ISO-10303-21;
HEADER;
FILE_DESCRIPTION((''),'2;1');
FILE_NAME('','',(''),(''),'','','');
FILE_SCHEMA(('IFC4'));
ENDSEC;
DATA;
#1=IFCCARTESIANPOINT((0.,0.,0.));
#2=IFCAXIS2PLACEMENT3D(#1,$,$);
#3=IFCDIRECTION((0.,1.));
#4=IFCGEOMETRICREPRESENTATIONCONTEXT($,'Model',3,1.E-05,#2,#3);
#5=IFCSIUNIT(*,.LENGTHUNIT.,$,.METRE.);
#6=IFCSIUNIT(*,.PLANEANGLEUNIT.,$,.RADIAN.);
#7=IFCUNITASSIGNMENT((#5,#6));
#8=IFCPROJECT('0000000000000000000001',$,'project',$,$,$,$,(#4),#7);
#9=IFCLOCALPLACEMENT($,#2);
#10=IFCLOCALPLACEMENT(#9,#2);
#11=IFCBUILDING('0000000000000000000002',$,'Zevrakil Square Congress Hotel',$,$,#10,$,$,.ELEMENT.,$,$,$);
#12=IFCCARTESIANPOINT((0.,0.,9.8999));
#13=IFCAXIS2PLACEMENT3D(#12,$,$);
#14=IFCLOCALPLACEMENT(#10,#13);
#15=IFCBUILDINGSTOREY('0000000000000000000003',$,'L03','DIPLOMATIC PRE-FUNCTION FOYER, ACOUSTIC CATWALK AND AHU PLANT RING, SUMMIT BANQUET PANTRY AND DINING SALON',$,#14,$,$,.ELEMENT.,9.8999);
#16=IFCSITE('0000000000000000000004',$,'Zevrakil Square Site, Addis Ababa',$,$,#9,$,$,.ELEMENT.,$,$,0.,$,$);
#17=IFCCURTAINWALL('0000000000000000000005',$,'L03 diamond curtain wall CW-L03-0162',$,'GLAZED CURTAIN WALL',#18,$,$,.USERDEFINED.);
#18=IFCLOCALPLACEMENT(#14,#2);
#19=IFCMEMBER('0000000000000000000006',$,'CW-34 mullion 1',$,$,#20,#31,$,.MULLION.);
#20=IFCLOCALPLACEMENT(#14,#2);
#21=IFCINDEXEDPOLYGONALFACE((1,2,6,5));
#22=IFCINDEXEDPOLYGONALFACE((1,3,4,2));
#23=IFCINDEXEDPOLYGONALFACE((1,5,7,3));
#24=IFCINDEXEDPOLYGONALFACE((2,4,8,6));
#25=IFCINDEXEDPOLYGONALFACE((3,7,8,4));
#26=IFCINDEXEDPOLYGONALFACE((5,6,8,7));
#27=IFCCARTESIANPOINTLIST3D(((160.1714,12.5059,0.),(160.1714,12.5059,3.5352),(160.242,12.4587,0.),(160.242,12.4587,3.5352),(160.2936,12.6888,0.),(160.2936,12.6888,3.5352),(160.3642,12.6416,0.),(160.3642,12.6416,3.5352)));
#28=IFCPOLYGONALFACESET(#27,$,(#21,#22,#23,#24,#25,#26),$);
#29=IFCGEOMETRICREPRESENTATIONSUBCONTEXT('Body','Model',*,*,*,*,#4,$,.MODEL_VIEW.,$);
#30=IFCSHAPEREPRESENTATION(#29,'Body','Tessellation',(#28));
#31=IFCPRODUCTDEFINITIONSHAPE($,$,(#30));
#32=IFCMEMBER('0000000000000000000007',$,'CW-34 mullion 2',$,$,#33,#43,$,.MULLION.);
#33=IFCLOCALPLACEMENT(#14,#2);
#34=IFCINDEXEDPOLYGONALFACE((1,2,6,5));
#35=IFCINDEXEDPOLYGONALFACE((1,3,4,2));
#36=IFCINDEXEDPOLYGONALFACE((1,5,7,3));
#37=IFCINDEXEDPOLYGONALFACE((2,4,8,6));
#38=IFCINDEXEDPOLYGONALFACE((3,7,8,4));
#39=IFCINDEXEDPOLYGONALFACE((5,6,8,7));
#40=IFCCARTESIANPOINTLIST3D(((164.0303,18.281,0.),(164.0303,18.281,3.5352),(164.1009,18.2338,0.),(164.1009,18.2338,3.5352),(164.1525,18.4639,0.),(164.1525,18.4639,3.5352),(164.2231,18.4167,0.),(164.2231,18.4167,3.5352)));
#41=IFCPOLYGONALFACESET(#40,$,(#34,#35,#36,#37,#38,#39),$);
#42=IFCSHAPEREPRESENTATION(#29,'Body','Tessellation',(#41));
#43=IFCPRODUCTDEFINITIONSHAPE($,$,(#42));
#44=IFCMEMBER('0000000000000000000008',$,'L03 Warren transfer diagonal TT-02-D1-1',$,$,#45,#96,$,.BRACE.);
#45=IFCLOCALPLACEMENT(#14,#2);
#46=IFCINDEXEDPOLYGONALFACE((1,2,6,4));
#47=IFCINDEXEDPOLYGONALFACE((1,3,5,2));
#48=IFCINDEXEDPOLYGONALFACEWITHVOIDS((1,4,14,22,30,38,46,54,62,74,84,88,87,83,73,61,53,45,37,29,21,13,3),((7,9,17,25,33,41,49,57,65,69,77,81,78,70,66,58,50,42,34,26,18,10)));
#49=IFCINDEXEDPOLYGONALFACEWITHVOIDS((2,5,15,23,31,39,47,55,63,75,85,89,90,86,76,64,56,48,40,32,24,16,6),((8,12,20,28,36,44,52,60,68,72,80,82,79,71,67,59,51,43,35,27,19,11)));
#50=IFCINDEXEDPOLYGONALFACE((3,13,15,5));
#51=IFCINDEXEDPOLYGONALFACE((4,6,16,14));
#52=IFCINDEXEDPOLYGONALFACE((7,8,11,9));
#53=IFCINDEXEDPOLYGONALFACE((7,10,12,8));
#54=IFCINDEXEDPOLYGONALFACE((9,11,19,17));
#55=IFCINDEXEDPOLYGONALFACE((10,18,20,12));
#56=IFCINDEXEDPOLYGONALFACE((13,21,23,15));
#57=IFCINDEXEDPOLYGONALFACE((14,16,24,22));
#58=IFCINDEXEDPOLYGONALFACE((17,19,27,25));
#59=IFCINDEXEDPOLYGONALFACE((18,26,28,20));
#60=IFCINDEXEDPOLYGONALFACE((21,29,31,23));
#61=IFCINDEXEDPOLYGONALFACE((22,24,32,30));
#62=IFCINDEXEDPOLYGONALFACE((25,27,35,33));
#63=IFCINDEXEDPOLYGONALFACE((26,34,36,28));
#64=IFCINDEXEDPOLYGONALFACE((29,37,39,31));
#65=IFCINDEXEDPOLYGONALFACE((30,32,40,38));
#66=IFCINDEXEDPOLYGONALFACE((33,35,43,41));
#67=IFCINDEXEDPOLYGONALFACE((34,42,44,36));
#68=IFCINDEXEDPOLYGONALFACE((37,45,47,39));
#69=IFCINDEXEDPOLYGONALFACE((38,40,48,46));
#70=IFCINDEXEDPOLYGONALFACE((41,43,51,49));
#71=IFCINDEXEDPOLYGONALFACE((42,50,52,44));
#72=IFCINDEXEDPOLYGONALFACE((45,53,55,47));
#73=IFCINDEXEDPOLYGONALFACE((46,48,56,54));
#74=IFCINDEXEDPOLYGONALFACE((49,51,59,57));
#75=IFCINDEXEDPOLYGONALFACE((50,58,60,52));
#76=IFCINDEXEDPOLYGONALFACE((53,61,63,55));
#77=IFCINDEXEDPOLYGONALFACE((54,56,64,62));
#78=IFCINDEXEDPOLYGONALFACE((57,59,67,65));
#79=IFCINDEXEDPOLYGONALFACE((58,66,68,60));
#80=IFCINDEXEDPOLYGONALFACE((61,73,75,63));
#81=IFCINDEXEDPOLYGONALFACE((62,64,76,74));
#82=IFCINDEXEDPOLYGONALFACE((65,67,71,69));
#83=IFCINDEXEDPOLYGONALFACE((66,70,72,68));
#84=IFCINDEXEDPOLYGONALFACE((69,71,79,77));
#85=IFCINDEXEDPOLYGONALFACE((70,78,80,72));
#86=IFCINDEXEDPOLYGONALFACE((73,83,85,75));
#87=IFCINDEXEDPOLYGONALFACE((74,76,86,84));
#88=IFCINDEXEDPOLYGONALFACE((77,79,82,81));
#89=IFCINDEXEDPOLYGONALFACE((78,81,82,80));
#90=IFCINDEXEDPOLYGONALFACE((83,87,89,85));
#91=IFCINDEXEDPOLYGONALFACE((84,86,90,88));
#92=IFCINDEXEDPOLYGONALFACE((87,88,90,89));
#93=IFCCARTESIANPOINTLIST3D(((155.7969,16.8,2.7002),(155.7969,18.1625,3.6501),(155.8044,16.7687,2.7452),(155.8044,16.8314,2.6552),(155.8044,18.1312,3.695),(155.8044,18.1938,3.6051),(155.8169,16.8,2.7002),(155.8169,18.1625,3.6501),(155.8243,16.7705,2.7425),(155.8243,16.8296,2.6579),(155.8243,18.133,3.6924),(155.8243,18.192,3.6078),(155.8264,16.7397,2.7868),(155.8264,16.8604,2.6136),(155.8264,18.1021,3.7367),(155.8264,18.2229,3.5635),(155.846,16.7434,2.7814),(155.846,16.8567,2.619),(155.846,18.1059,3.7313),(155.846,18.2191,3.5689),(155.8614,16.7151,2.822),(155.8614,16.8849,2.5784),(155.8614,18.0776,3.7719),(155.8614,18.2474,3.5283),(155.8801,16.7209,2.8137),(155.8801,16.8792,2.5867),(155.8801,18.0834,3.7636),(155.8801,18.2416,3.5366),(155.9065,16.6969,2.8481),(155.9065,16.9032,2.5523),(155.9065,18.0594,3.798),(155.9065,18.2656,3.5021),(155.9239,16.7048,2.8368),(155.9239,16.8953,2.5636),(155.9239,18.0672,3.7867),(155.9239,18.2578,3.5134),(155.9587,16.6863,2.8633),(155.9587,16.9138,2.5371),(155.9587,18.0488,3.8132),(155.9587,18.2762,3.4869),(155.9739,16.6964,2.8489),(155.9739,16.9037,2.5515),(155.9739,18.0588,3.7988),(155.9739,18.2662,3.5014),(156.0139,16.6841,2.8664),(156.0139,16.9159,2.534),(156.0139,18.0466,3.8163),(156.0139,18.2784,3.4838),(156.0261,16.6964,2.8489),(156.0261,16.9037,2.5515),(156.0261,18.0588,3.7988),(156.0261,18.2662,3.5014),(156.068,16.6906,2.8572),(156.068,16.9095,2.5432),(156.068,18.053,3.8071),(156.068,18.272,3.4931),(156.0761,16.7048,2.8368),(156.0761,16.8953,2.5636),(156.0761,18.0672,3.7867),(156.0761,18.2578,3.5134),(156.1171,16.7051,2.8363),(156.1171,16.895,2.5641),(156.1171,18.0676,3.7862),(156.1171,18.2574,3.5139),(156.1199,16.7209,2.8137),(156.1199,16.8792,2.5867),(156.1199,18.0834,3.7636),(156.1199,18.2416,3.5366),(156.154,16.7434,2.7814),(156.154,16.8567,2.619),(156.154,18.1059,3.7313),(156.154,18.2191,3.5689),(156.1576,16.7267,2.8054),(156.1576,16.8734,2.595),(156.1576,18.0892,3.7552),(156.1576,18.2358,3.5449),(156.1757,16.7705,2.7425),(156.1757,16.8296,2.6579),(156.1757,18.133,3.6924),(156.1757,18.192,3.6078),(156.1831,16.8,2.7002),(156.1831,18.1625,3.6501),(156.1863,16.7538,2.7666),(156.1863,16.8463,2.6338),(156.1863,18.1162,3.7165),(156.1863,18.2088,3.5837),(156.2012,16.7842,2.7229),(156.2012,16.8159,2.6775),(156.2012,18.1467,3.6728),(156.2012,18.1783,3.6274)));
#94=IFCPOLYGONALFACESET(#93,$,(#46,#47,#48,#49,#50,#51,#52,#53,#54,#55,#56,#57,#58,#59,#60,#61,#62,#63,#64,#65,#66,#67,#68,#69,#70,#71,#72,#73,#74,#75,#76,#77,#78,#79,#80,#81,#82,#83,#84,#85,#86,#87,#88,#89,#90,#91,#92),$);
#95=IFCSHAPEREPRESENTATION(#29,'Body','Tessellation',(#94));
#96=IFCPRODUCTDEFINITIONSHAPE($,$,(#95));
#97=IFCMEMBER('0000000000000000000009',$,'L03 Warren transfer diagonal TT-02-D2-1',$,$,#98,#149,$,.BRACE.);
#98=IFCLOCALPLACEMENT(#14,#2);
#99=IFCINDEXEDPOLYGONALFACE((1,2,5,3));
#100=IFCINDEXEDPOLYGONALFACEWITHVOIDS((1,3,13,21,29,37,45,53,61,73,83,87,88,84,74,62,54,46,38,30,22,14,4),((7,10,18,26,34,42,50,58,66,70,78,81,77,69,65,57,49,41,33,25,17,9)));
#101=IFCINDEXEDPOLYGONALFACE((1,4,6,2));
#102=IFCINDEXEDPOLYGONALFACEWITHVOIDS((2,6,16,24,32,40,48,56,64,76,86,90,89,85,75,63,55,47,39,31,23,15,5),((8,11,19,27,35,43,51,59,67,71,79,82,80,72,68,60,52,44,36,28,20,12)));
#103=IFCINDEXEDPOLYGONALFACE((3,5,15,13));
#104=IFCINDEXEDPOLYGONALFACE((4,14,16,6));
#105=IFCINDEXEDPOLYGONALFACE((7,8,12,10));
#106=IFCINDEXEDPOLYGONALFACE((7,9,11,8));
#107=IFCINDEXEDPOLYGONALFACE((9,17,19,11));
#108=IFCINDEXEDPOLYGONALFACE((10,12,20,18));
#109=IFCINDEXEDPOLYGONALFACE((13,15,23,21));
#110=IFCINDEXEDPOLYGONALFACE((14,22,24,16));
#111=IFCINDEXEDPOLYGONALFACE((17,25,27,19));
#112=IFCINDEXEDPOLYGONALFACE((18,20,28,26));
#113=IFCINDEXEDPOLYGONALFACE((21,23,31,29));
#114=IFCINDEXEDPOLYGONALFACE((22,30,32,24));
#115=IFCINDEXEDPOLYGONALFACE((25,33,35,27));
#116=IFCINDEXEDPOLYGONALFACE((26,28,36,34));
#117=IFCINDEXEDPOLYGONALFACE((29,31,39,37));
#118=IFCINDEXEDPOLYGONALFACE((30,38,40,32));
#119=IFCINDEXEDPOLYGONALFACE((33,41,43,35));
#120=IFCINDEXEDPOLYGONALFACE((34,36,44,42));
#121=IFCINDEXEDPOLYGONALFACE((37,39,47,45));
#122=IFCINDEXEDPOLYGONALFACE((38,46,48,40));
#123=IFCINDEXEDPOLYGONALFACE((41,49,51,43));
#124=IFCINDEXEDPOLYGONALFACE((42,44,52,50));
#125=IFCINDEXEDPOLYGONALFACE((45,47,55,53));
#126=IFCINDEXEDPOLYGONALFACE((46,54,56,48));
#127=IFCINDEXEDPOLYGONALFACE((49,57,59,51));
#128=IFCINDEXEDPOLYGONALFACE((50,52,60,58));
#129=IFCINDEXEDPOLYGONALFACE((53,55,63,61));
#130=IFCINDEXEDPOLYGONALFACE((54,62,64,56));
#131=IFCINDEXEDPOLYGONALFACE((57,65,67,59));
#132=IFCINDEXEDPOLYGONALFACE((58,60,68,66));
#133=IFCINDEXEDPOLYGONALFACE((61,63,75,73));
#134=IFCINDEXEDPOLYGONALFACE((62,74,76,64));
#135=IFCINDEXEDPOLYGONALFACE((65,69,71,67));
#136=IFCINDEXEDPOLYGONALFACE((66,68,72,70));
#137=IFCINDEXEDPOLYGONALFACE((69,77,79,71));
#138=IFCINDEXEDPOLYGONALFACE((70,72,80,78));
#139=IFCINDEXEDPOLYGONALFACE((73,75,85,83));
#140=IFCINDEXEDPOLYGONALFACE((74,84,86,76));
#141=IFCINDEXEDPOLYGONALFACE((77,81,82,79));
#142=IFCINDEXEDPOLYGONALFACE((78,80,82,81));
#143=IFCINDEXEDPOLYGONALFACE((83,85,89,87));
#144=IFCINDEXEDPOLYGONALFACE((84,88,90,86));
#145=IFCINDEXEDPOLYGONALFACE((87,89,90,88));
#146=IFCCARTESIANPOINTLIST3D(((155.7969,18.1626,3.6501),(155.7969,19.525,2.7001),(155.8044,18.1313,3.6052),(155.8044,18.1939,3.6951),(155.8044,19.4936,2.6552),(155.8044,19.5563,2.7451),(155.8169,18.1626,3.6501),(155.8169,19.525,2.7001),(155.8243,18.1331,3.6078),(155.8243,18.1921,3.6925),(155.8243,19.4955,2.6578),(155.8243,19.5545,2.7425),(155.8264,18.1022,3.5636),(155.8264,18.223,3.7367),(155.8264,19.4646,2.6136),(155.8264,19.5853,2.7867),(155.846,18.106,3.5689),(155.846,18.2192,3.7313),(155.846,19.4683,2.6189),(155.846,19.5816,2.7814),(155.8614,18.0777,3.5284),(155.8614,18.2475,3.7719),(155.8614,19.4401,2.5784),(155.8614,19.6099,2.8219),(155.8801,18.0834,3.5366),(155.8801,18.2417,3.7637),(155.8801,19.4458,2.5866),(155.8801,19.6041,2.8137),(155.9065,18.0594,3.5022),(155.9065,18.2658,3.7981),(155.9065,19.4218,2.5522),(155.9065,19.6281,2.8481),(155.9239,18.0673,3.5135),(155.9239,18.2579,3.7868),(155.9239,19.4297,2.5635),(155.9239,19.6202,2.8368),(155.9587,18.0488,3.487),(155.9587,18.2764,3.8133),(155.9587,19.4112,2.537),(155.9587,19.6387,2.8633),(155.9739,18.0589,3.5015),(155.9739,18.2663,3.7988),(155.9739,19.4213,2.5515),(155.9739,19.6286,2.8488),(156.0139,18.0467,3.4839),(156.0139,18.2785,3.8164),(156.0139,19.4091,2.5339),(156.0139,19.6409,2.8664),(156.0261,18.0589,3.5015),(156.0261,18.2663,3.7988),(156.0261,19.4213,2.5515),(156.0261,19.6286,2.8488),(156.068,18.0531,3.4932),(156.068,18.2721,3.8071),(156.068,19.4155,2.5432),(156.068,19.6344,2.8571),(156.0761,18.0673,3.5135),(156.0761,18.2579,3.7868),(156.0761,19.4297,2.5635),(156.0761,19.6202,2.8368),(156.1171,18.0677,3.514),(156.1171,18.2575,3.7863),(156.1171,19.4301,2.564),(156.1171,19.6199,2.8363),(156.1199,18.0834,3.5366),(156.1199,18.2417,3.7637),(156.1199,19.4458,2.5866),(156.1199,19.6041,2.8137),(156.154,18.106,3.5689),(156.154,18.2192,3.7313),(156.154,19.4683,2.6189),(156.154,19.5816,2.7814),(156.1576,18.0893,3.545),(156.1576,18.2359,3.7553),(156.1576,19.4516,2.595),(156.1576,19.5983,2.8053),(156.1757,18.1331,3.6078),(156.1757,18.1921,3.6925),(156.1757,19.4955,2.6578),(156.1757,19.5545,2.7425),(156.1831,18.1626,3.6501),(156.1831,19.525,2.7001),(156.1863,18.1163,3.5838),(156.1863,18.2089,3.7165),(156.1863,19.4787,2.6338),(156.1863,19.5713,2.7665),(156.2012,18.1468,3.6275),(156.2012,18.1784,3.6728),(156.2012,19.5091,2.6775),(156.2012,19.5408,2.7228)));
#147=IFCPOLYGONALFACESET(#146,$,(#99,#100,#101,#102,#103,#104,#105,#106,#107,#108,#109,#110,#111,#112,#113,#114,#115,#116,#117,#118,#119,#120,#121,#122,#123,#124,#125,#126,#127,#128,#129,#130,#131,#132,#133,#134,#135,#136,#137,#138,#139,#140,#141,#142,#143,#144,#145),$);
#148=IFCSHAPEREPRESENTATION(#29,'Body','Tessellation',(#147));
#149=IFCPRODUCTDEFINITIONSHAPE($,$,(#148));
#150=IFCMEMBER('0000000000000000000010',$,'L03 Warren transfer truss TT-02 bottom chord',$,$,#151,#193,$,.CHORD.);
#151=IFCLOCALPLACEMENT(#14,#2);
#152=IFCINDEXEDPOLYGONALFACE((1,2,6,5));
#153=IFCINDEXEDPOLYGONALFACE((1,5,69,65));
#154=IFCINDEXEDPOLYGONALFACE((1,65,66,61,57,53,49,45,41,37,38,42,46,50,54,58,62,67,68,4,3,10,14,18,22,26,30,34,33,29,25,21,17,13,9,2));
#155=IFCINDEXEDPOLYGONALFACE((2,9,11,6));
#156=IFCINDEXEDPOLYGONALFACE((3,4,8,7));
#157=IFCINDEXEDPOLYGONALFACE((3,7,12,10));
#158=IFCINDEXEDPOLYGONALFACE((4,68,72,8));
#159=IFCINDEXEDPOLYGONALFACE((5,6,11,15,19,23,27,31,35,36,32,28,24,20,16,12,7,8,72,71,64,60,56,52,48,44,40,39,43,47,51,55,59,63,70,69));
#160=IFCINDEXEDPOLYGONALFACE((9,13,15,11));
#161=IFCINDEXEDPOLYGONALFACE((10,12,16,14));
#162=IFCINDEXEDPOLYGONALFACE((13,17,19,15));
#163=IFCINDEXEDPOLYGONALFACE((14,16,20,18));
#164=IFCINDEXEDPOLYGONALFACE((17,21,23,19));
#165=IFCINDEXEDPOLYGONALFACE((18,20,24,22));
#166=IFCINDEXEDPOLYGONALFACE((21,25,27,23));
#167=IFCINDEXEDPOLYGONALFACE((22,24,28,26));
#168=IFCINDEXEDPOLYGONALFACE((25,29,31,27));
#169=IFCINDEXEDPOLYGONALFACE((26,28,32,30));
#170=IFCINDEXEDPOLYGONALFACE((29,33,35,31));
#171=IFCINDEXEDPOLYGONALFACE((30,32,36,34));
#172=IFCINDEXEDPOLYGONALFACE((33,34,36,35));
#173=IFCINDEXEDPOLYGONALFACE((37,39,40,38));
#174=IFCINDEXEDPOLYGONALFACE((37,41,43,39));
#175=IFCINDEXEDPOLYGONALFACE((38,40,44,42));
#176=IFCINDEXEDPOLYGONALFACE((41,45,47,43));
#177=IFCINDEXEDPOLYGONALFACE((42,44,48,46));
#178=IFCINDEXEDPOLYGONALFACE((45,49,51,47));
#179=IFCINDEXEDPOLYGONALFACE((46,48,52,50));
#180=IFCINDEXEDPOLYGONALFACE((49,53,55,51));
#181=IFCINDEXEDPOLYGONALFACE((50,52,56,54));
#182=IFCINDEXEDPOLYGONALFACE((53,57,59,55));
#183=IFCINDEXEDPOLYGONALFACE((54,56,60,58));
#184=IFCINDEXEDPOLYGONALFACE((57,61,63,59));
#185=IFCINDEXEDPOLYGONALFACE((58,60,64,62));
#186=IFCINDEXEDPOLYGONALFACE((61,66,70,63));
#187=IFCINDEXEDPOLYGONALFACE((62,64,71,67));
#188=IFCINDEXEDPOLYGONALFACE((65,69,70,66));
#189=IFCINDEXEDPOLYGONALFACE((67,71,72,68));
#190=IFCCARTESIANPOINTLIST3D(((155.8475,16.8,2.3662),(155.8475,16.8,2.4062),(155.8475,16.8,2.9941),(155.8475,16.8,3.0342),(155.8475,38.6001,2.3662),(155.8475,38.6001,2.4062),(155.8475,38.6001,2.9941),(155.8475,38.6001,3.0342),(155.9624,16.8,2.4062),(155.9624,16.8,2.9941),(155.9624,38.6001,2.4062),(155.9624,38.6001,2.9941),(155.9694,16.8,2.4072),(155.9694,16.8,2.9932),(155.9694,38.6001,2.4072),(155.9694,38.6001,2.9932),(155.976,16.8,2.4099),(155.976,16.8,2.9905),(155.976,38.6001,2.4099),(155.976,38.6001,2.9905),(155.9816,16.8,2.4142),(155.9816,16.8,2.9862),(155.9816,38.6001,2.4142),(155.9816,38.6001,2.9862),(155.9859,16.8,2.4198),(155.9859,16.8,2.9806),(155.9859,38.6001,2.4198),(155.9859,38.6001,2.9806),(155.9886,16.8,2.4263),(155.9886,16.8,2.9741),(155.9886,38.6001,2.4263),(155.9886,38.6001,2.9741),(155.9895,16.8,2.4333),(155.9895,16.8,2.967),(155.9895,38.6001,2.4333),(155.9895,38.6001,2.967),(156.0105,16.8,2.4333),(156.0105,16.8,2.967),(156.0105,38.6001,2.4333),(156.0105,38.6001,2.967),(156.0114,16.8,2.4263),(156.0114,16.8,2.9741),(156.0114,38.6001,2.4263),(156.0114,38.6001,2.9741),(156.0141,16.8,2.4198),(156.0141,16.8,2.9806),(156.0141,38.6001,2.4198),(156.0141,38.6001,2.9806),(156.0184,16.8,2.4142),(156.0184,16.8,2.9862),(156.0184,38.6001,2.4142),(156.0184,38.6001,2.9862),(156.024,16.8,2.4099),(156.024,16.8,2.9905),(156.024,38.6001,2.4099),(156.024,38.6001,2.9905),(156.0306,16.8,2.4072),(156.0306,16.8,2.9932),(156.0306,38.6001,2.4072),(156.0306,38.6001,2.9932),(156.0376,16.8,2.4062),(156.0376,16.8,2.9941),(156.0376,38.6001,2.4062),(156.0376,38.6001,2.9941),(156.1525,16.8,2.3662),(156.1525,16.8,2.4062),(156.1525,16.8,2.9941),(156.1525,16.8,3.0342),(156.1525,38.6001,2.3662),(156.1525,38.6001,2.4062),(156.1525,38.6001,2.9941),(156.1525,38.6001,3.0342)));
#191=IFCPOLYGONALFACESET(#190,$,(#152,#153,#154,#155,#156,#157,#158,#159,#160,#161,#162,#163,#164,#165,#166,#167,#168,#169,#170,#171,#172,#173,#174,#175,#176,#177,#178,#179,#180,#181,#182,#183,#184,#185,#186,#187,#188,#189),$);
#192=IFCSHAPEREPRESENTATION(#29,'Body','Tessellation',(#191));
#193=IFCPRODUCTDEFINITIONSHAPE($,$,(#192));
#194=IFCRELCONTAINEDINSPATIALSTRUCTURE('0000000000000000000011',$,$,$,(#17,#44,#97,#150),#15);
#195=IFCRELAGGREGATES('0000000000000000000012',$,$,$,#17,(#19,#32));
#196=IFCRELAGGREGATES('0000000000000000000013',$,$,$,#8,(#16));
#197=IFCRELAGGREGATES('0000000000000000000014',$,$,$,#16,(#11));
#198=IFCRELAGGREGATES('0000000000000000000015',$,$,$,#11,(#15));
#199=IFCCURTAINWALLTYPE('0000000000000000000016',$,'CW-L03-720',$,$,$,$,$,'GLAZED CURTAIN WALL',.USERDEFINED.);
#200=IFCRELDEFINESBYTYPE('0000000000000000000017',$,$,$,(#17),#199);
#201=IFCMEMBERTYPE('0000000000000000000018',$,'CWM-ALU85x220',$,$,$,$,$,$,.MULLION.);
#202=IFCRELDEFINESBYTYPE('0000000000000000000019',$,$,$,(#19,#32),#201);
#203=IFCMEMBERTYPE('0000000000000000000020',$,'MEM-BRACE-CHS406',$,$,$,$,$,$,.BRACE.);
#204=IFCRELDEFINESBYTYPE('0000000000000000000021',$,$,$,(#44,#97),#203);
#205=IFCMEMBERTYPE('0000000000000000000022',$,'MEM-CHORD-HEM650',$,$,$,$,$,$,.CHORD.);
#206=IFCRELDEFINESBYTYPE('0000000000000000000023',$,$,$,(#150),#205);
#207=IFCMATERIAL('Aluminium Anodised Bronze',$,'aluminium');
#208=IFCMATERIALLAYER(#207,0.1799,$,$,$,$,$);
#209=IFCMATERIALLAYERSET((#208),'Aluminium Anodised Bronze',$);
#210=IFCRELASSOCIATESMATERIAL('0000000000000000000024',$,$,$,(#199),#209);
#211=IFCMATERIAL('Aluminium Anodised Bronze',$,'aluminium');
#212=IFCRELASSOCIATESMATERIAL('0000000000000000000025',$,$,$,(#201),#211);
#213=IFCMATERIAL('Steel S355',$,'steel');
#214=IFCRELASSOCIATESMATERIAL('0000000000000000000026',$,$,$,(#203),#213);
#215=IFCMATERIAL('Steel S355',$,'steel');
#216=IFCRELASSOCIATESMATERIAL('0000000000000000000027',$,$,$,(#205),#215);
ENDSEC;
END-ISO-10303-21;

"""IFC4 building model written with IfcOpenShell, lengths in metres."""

from ifc_helpers import new_model, si_unit, direction, frame, origin, origin_2d, place, context, subcontext, project, spatial, rectangle, hollow_circle, i_section, extrude, material, layer, layer_set, material_profile, profile_set, type_object, element, aggregate, save


model = new_model("IFC4")

# Units and contexts
model_context = context("Model", 3, precision=1e-05, world=origin(), true_north=direction((0.0, 1.0)))
body_context = subcontext(model_context, "Body", "Model", "MODEL_VIEW")
ifc_project = project(units=[si_unit("LENGTHUNIT", "METRE"), si_unit("PLANEANGLEUNIT", "RADIAN")], contexts=[model_context])

# Site, building, storey
site_placement = place(None, origin())
site = spatial("IfcSite", under=ifc_project, at=site_placement, Name="Zevrakil Square Site, Addis Ababa", CompositionType="ELEMENT", RefElevation=0.0)
building_placement = place(site_placement, origin())
building = spatial("IfcBuilding", under=site, at=building_placement, Name="Zevrakil Square Congress Hotel", CompositionType="ELEMENT")
storey_placement = place(building_placement, frame((0.0, 0.0, 9.8999)))
storey = spatial("IfcBuildingStorey", under=building, at=storey_placement, Name="L03", Description="DIPLOMATIC PRE-FUNCTION FOYER, ACOUSTIC CATWALK AND AHU PLANT RING, SUMMIT BANQUET PANTRY AND DINING SALON", CompositionType="ELEMENT", Elevation=9.8999)

# Curtain wall, members
ifc_material_1 = material(Name="Aluminium Anodised Bronze", Category="aluminium")
ifc_layer_1 = layer(ifc_material_1, 0.1799)
ifc_layer_set_1 = layer_set([ifc_layer_1], Name="Aluminium Anodised Bronze")
curtain_wall_type = type_object("IfcCurtainWallType", Name="CW-L03-720", ElementType="GLAZED CURTAIN WALL", PredefinedType="USERDEFINED", material=ifc_layer_set_1)
curtain_wall_placement = place(storey_placement, origin())
curtain_wall = element("IfcCurtainWall", 1, at=curtain_wall_placement, inside=storey, type_object=curtain_wall_type, Name="L03 diamond curtain wall CW-L03-0162", ObjectType="GLAZED CURTAIN WALL", PredefinedType="USERDEFINED")
ifc_material_2 = material(Name="Aluminium Anodised Bronze", Category="aluminium")
ifc_material_profile_1 = material_profile(ifc_material_2, rectangle(XDim=0.085, YDim=0.22, at=origin_2d()), Name="ALU 85x220")
ifc_profile_set_1 = profile_set([ifc_material_profile_1], Name="Aluminium Anodised Bronze")
member_type_1 = type_object("IfcMemberType", Name="CWM-ALU85x220", PredefinedType="MULLION", material=ifc_profile_set_1)
member_1_placement = place(storey_placement, frame((160.2678, 12.5737, 0.0), z_axis=(0.0, 0.0, 1.0), x_axis=(-0.831466, 0.555576, 0.0)))
member_1 = element("IfcMember", 2, at=member_1_placement, type_object=member_type_1, Name="CW-34 mullion 1", PredefinedType="MULLION", context=body_context, shape_type="SweptSolid", body=[
    extrude(rectangle(XDim=0.085, YDim=0.22, at=origin_2d()), origin(), (0.0, 0.0, 1.0), 3.5352),
])
member_2_placement = place(storey_placement, frame((164.1267, 18.3489, 0.0), z_axis=(0.0, 0.0, 1.0), x_axis=(-0.831466, 0.555576, 0.0)))
member_2 = element("IfcMember", 3, at=member_2_placement, type_object=member_type_1, Name="CW-34 mullion 2", PredefinedType="MULLION", context=body_context, shape_type="SweptSolid", body=[
    extrude(rectangle(XDim=0.085, YDim=0.22, at=origin_2d()), origin(), (0.0, 0.0, 1.0), 3.5352),
])

# Members
ifc_material_3 = material(Name="Steel S355", Category="steel")
ifc_material_profile_2 = material_profile(ifc_material_3, hollow_circle(Radius=0.2031, WallThickness=0.02, at=origin_2d()), Name="CHS 406.4x20")
ifc_profile_set_2 = profile_set([ifc_material_profile_2], Name="Steel S355")
member_type_2 = type_object("IfcMemberType", Name="MEM-BRACE-CHS406", PredefinedType="BRACE", material=ifc_profile_set_2)
for number, where, z_axis, x_axis, name in (
    (4, (156.0, 16.8, 2.7002), (0.0, 0.820315, 0.571913), (-1.0, 0.0, 0.0), "L03 Warren transfer diagonal TT-02-D1-1"),
    (5, (156.0, 18.1626, 3.6501), (0.0, 0.820266, -0.571982), (-1.0, 0.0, 0.0), "L03 Warren transfer diagonal TT-02-D2-1"),
):
    element("IfcMember", number, at=place(storey_placement, frame(where, z_axis=z_axis, x_axis=x_axis)), inside=storey, type_object=member_type_2, Name=name, PredefinedType="BRACE", context=body_context, shape_type="SweptSolid", body=[
        extrude(hollow_circle(Radius=0.2031, WallThickness=0.02, at=origin_2d()), origin(), (0.0, 0.0, 1.0), 1.6609),
    ])
ifc_material_4 = material(Name="Steel S355", Category="steel")
ifc_material_profile_3 = material_profile(ifc_material_4, i_section(OverallWidth=0.3049, OverallDepth=0.668, WebThickness=0.021, FlangeThickness=0.04, FilletRadius=0.0271, at=origin_2d()), Name="HEM 650")
ifc_profile_set_3 = profile_set([ifc_material_profile_3], Name="Steel S355")
member_type_3 = type_object("IfcMemberType", Name="MEM-CHORD-HEM650", PredefinedType="CHORD", material=ifc_profile_set_3)
member_3_placement = place(storey_placement, frame((156.0, 16.8, 2.7002), z_axis=(0.0, 1.0, 0.0), x_axis=(-1.0, 0.0, 0.0)))
element("IfcMember", 6, at=member_3_placement, inside=storey, type_object=member_type_3, Name="L03 Warren transfer truss TT-02 bottom chord", PredefinedType="CHORD", context=body_context, shape_type="SweptSolid", body=[
    extrude(i_section(OverallWidth=0.3049, OverallDepth=0.668, WebThickness=0.021, FlangeThickness=0.04, FilletRadius=0.0271, at=origin_2d()), origin(), (0.0, 0.0, 1.0), 21.8),
])

aggregate(curtain_wall, [member_1, member_2])

save(model, "model.ifc")
